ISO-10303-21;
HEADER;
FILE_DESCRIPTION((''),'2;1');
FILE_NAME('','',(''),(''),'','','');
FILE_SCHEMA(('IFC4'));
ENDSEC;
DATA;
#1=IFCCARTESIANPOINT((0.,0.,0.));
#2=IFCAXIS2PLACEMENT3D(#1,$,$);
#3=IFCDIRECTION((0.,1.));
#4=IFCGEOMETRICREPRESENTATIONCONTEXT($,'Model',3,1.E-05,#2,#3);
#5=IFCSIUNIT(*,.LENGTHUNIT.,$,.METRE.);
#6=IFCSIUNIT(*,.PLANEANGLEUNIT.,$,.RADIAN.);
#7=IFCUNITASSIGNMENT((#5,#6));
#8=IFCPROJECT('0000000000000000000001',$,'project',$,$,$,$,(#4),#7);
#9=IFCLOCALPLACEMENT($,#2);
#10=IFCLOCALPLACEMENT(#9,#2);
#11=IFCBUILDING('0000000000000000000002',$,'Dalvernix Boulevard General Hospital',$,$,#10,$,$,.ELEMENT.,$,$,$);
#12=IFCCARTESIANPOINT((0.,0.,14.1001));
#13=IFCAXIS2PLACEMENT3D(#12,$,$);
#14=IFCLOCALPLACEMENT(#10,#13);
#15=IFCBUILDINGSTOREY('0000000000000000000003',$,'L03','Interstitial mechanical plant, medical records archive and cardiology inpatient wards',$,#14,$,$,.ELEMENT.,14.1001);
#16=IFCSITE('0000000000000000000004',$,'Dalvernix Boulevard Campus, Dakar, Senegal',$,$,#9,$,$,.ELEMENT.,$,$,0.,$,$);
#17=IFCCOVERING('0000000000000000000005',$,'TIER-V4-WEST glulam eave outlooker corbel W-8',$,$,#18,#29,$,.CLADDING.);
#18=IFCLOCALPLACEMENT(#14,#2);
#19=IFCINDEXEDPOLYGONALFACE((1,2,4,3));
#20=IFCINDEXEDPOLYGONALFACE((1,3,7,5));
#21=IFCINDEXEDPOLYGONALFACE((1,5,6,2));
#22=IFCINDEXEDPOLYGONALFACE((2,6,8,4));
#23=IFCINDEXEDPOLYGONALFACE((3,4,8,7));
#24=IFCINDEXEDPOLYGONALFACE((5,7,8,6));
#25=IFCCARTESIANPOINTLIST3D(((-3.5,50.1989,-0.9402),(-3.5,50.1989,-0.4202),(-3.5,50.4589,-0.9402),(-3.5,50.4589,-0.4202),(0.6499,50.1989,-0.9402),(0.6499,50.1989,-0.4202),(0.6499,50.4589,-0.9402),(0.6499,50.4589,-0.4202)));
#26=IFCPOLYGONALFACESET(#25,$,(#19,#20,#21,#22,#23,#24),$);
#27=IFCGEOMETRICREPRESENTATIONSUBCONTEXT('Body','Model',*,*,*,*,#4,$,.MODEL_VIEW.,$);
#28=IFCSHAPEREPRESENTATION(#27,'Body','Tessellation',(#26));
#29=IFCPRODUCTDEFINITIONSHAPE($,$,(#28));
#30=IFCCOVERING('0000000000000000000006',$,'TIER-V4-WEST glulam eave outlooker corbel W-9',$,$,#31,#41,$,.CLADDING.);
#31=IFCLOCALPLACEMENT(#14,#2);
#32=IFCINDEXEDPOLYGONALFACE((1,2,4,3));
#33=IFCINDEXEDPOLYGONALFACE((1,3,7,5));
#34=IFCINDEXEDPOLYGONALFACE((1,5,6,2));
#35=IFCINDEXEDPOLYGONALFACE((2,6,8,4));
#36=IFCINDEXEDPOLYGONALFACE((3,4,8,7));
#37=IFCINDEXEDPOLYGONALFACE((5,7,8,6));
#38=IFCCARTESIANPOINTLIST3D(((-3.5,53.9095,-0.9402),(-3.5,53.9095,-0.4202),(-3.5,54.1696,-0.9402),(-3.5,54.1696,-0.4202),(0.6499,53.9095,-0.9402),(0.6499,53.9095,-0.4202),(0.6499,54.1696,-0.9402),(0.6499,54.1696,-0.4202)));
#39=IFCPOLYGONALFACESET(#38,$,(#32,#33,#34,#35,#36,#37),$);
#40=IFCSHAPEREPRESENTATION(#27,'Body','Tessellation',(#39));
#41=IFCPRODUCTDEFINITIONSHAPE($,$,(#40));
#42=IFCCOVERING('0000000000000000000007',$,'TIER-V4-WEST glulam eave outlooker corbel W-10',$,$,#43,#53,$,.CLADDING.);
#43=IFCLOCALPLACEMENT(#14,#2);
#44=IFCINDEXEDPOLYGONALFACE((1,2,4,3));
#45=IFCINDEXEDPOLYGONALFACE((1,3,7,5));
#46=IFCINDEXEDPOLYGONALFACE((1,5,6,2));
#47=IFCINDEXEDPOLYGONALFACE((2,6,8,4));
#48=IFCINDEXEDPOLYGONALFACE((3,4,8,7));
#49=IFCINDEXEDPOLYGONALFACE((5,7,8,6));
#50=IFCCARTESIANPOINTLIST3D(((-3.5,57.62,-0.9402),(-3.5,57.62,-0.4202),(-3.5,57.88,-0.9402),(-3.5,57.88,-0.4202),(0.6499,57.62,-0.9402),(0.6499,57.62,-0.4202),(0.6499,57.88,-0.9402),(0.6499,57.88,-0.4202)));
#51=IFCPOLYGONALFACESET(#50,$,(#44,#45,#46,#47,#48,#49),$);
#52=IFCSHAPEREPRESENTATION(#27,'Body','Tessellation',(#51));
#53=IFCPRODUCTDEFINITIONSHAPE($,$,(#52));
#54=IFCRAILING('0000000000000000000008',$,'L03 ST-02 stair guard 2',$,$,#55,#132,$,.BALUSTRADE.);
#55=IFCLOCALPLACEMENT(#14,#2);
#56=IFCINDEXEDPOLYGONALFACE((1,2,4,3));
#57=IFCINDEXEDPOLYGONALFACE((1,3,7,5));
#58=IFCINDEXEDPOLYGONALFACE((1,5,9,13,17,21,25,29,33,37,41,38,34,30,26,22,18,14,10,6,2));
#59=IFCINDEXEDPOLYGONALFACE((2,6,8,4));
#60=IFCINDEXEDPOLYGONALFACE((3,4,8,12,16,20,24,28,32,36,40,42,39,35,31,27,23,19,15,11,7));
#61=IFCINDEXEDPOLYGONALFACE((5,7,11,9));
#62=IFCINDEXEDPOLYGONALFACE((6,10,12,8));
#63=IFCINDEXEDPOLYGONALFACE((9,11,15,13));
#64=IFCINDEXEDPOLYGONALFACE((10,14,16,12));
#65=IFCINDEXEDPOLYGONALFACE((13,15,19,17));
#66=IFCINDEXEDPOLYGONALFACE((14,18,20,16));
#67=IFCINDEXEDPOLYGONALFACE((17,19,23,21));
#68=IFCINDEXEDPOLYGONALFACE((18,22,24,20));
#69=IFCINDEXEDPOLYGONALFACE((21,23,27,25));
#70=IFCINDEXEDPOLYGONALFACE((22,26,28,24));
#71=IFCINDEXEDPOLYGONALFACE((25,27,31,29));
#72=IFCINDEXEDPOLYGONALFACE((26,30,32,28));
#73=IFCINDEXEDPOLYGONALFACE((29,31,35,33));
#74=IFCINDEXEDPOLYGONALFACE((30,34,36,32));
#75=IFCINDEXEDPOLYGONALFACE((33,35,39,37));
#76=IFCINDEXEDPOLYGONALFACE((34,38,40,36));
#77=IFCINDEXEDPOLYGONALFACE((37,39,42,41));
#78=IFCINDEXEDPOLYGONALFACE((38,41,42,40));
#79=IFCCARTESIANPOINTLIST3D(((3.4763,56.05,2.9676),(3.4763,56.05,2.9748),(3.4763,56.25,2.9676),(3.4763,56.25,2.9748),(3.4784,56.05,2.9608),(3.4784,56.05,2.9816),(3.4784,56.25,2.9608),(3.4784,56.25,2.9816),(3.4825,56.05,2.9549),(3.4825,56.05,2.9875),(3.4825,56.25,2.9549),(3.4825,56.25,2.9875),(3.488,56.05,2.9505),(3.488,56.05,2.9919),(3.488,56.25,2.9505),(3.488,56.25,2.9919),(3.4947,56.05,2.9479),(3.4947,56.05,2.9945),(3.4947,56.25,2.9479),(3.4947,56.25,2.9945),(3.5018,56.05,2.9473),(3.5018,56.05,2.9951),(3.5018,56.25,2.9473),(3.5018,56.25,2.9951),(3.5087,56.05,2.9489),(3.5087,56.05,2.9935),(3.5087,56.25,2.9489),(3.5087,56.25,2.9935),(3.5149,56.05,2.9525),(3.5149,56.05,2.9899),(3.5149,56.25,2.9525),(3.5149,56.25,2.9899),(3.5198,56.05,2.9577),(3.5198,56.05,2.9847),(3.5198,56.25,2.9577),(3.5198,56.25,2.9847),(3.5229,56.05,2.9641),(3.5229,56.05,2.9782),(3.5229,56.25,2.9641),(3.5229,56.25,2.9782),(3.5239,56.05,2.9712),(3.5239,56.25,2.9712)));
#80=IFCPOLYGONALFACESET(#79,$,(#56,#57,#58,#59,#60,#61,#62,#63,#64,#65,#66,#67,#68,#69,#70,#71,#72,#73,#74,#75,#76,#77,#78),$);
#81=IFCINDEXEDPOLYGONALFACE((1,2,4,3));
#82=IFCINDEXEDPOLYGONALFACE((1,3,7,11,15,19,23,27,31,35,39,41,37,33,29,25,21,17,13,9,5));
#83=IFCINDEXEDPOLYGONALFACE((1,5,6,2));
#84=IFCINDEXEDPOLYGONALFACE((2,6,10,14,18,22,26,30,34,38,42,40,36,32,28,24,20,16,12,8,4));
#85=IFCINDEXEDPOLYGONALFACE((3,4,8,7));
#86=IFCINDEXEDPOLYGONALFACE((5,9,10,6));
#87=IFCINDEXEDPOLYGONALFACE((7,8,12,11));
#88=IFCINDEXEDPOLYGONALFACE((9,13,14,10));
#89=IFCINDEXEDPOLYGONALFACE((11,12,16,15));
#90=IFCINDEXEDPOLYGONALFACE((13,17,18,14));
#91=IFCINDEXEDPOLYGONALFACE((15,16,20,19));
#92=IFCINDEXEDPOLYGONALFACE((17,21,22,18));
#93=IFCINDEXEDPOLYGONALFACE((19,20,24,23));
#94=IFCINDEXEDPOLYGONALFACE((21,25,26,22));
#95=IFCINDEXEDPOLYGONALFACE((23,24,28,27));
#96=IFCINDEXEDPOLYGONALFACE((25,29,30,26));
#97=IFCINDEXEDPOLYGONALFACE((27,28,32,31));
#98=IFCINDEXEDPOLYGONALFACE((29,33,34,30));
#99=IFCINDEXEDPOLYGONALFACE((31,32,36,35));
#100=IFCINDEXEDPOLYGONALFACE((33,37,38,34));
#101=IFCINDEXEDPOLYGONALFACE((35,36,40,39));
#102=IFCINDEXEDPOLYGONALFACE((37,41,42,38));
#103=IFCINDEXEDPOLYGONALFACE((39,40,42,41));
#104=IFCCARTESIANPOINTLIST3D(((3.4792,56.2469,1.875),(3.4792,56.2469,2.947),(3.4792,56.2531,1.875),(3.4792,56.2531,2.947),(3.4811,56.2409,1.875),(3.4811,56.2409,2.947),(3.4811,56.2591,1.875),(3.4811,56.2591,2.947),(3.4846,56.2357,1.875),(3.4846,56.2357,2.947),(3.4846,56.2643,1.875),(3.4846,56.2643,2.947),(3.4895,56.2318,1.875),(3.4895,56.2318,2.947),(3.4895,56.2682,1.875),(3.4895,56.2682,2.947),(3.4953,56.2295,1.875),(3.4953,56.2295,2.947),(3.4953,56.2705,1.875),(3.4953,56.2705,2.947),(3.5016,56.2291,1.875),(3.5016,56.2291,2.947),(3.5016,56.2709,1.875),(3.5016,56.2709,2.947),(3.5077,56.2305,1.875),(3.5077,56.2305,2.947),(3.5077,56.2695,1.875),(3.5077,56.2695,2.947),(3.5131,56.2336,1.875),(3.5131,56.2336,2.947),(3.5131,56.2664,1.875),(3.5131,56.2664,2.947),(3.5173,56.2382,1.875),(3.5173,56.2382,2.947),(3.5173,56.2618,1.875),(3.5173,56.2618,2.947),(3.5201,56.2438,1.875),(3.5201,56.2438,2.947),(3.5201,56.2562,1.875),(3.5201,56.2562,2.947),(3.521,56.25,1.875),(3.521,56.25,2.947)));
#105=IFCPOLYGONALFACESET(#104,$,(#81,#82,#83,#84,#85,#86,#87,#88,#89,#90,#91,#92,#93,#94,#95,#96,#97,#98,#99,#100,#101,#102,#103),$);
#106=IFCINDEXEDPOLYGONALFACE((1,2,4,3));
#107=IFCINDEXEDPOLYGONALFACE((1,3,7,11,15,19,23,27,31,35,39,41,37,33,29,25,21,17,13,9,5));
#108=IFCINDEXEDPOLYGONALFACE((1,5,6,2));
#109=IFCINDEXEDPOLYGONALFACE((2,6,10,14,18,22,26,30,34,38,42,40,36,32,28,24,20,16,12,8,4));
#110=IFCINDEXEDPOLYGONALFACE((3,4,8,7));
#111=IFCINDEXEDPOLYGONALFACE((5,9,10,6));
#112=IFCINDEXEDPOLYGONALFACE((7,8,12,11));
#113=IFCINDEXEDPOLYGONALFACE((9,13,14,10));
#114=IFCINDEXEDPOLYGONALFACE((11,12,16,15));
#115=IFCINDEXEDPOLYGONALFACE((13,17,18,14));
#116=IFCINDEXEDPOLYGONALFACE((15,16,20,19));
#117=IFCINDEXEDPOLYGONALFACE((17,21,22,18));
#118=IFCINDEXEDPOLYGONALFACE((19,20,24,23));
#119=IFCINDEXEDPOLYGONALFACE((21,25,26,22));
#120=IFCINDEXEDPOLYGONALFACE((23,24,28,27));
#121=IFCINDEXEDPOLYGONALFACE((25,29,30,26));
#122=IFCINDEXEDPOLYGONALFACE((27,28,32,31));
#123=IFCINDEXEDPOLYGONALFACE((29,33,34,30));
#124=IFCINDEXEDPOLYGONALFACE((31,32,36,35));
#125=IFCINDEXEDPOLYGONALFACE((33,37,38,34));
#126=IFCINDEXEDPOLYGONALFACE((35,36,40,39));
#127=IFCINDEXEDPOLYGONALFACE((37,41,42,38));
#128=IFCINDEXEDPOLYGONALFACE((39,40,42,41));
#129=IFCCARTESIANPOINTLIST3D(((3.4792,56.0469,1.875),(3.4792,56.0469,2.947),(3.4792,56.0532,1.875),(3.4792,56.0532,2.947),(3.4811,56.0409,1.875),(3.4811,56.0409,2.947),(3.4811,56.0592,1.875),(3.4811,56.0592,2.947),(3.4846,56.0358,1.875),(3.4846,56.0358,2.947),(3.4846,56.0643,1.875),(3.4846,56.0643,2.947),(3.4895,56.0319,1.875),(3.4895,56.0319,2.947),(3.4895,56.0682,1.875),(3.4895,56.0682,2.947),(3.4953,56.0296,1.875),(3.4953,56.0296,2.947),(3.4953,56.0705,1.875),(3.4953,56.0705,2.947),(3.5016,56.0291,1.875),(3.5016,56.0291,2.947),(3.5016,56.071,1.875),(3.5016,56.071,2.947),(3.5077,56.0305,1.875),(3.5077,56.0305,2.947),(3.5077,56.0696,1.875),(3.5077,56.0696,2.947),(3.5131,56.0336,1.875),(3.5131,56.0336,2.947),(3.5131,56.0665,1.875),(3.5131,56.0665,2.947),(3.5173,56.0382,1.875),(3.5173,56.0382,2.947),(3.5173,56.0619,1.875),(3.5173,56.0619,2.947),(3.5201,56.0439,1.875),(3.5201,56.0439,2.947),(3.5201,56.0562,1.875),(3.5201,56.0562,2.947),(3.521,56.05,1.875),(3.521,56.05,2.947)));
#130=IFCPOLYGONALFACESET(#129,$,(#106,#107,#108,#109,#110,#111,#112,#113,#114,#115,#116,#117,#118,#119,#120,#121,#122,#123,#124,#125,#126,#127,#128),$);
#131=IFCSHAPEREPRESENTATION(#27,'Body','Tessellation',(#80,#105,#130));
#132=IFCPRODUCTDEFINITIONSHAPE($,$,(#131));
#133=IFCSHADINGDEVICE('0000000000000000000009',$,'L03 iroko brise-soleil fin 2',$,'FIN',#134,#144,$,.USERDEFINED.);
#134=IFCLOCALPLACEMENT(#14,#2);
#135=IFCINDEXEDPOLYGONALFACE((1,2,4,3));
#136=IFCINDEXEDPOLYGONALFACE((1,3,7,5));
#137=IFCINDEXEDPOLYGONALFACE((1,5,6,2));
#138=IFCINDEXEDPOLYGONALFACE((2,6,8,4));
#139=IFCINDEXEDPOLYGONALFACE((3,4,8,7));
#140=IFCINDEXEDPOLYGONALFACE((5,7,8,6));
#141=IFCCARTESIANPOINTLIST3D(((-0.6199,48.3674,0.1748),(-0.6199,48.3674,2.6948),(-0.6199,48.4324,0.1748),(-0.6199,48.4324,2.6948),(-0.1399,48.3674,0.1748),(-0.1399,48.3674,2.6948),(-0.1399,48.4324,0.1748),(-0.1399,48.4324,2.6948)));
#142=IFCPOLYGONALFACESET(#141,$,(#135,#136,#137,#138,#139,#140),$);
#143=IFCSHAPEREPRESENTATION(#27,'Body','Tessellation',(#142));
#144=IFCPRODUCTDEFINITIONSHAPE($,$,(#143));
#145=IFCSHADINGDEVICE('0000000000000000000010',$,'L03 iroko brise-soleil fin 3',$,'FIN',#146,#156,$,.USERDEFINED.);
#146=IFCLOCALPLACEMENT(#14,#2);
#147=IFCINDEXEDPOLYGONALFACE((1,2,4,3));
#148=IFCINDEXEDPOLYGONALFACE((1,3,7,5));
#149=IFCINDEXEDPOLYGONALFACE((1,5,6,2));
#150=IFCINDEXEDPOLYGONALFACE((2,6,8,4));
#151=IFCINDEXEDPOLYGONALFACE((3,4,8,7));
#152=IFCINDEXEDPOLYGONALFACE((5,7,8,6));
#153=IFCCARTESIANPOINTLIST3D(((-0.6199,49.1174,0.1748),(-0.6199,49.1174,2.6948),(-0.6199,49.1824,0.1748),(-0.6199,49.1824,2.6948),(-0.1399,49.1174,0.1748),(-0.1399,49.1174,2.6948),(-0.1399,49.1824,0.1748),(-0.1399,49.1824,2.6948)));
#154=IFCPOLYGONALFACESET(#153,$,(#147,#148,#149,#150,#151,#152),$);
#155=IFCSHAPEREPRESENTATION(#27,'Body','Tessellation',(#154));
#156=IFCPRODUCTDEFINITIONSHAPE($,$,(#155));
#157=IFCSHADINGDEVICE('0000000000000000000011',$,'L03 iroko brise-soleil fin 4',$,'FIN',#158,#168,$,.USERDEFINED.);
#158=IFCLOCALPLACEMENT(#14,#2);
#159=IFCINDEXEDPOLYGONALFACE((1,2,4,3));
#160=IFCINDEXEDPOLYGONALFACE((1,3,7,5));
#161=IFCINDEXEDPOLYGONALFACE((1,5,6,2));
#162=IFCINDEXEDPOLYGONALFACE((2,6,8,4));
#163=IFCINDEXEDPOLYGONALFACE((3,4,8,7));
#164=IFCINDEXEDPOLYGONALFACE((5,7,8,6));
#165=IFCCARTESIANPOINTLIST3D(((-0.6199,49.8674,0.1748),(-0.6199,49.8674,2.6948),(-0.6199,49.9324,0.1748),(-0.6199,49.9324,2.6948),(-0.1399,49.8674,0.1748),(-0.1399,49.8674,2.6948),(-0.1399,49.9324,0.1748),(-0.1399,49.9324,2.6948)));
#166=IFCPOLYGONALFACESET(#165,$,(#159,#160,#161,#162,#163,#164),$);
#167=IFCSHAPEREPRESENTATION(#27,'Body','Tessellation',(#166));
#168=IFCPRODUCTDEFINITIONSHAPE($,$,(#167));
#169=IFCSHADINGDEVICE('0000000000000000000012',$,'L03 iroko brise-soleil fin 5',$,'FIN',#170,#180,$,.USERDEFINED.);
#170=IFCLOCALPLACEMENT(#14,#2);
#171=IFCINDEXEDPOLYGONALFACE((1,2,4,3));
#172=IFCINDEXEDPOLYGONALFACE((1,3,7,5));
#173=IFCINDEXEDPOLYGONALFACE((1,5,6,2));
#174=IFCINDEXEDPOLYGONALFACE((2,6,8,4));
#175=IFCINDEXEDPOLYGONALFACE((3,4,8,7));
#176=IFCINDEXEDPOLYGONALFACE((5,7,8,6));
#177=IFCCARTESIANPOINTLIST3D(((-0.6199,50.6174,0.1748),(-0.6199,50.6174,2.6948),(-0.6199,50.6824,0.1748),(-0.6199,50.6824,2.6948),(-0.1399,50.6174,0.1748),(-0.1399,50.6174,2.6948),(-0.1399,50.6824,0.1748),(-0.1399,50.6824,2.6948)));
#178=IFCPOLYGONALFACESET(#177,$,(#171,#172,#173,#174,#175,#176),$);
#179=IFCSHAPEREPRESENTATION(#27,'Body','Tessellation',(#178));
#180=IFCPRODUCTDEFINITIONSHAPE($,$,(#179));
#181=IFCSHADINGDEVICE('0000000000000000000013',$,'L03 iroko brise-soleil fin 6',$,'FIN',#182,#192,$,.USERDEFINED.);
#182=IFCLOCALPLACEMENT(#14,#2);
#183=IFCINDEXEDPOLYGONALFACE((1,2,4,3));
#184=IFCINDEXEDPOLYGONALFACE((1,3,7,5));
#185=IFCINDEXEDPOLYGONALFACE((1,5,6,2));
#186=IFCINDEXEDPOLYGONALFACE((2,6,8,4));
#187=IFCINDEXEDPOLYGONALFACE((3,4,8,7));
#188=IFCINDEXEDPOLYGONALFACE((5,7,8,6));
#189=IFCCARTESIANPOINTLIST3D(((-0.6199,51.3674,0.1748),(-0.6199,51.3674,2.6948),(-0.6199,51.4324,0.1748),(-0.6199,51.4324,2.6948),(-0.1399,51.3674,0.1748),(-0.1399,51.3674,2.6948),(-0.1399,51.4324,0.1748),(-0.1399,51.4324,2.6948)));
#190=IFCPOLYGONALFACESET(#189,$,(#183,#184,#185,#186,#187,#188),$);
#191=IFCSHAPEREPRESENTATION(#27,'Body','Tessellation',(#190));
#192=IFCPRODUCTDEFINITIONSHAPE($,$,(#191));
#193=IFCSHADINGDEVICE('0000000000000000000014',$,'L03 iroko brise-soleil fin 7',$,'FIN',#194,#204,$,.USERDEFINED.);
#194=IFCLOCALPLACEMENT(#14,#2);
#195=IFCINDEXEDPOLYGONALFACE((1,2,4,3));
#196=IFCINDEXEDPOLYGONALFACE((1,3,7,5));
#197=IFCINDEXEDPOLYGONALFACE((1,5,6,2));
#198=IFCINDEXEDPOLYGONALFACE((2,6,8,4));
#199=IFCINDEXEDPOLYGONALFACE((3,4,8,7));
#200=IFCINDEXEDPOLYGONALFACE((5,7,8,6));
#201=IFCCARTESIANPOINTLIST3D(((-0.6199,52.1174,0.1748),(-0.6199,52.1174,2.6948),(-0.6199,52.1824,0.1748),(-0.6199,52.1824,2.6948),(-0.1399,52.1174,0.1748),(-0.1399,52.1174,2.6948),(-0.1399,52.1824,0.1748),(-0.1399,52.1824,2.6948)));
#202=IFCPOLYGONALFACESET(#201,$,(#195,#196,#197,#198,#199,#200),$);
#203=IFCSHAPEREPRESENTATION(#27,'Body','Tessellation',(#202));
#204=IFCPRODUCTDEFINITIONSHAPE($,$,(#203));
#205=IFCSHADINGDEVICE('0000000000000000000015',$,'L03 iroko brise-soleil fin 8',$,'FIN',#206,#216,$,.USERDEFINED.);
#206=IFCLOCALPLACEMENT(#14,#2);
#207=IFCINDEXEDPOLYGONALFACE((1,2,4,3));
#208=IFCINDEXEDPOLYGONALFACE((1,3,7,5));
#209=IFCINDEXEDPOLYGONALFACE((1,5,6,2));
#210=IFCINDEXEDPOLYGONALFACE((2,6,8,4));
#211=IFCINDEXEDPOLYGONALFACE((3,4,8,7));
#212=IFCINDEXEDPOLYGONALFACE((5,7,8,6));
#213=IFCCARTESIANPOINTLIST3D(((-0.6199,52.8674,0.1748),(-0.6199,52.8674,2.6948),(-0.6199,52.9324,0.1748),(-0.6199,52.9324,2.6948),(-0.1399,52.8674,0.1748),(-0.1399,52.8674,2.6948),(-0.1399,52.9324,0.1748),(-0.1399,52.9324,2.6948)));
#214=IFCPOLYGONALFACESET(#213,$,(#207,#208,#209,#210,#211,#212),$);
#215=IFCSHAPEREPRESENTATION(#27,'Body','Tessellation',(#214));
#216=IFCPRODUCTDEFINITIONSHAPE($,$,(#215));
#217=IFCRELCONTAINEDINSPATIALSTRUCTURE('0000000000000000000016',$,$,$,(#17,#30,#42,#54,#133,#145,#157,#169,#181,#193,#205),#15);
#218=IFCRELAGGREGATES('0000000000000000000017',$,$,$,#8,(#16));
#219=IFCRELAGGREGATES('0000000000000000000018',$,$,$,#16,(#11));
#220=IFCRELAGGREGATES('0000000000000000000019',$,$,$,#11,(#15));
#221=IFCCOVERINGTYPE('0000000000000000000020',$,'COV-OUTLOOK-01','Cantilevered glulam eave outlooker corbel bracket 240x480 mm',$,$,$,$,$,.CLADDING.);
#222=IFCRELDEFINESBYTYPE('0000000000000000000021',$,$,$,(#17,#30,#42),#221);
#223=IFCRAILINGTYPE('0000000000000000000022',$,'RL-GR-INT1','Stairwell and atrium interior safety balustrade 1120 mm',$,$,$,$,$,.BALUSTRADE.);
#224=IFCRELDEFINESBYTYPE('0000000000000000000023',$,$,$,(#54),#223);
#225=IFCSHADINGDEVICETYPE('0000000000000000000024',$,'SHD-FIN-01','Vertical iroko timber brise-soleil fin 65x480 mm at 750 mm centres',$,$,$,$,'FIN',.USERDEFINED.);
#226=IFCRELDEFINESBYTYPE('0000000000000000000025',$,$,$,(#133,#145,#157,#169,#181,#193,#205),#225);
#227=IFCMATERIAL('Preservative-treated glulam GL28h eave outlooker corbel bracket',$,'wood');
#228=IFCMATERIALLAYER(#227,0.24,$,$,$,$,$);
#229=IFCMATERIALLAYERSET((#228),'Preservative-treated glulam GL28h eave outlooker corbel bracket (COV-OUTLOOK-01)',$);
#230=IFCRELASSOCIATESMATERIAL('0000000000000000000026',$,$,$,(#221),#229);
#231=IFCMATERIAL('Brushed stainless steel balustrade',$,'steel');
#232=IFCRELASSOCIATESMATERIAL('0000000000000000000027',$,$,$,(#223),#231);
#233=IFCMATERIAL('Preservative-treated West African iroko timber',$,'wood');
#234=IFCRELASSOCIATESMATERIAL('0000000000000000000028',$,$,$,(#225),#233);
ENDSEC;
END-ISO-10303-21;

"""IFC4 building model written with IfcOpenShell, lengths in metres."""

from ifc_helpers import new_model, si_unit, direction, frame, origin, origin_2d, place, context, subcontext, project, spatial, rectangle, circle, extrude, material, layer, layer_set, type_object, element, save


model = new_model("IFC4")

# Units and contexts
model_context = context("Model", 3, precision=1e-05, world=origin(), true_north=direction((0.0, 1.0)))
body_context = subcontext(model_context, "Body", "Model", "MODEL_VIEW")
ifc_project = project(units=[si_unit("LENGTHUNIT", "METRE"), si_unit("PLANEANGLEUNIT", "RADIAN")], contexts=[model_context])

# Site, building, storey
site_placement = place(None, origin())
site = spatial("IfcSite", under=ifc_project, at=site_placement, Name="Dalvernix Boulevard Campus, Dakar, Senegal", CompositionType="ELEMENT", RefElevation=0.0)
building_placement = place(site_placement, origin())
building = spatial("IfcBuilding", under=site, at=building_placement, Name="Dalvernix Boulevard General Hospital", CompositionType="ELEMENT")
storey_placement = place(building_placement, frame((0.0, 0.0, 14.1001)))
storey = spatial("IfcBuildingStorey", under=building, at=storey_placement, Name="L03", Description="Interstitial mechanical plant, medical records archive and cardiology inpatient wards", CompositionType="ELEMENT", Elevation=14.1001)

# Coverings
ifc_material_1 = material(Name="Preservative-treated glulam GL28h eave outlooker corbel bracket", Category="wood")
ifc_layer_1 = layer(ifc_material_1, 0.24)
ifc_layer_set_1 = layer_set([ifc_layer_1], Name="Preservative-treated glulam GL28h eave outlooker corbel bracket (COV-OUTLOOK-01)")
covering_type_1 = type_object("IfcCoveringType", Name="COV-OUTLOOK-01", Description="Cantilevered glulam eave outlooker corbel bracket 240x480 mm", PredefinedType="CLADDING", material=ifc_layer_set_1)
for number, where, z_axis, x_axis, name in (
    (1, (-1.425, 50.3289, -0.9402), (0.0, 0.0, 1.0), (1.0, 0.0, 0.0), "TIER-V4-WEST glulam eave outlooker corbel W-8"),
    (2, (-1.425, 54.0396, -0.9402), (0.0, 0.0, 1.0), (1.0, 0.0, 0.0), "TIER-V4-WEST glulam eave outlooker corbel W-9"),
    (3, (-1.425, 57.75, -0.9402), (0.0, 0.0, 1.0), (1.0, 0.0, 0.0), "TIER-V4-WEST glulam eave outlooker corbel W-10"),
):
    element("IfcCovering", number, at=place(storey_placement, frame(where, z_axis=z_axis, x_axis=x_axis)), inside=storey, type_object=covering_type_1, Name=name, PredefinedType="CLADDING", context=body_context, shape_type="SweptSolid", body=[
        extrude(rectangle(XDim=4.1499, YDim=0.26, at=origin_2d()), origin(), (0.0, 0.0, 1.0), 0.52),
    ])

# Railing
ifc_material_2 = material(Name="Brushed stainless steel balustrade", Category="steel")
railing_type = type_object("IfcRailingType", Name="RL-GR-INT1", Description="Stairwell and atrium interior safety balustrade 1120 mm", PredefinedType="BALUSTRADE", material=ifc_material_2)
railing_placement = place(storey_placement, frame((3.5, 56.25, 1.875)))
element("IfcRailing", 4, at=railing_placement, inside=storey, type_object=railing_type, Name="L03 ST-02 stair guard 2", PredefinedType="BALUSTRADE", context=body_context, shape_type="SweptSolid", body=[
    extrude(circle(Radius=0.0239, at=origin_2d()), frame((0.0, 0.0, 1.0962), z_axis=(0.0, -1.0, 0.0), x_axis=(1.0, 0.0, 0.0)), (0.0, 0.0, 1.0), 0.2),
    extrude(circle(Radius=0.021, at=origin_2d()), origin(), (0.0, 0.0, 1.0), 1.072),
    extrude(circle(Radius=0.021, at=origin_2d()), frame((0.0, -0.2, 0.0)), (0.0, 0.0, 1.0), 1.072),
])

# Shading devices
ifc_material_3 = material(Name="Preservative-treated West African iroko timber", Category="wood")
shading_device_type = type_object("IfcShadingDeviceType", Name="SHD-FIN-01", Description="Vertical iroko timber brise-soleil fin 65x480 mm at 750 mm centres", ElementType="FIN", PredefinedType="USERDEFINED", material=ifc_material_3)
for number, where, z_axis, x_axis, name in (
    (5, (-0.3799, 48.3999, 0.1748), (0.0, 0.0, 1.0), (0.0, 1.0, 0.0), "L03 iroko brise-soleil fin 2"),
    (6, (-0.3799, 49.1499, 0.1748), (0.0, 0.0, 1.0), (0.0, 1.0, 0.0), "L03 iroko brise-soleil fin 3"),
    (7, (-0.3799, 49.8999, 0.1748), (0.0, 0.0, 1.0), (0.0, 1.0, 0.0), "L03 iroko brise-soleil fin 4"),
    (8, (-0.3799, 50.6499, 0.1748), (0.0, 0.0, 1.0), (0.0, 1.0, 0.0), "L03 iroko brise-soleil fin 5"),
    (9, (-0.3799, 51.3999, 0.1748), (0.0, 0.0, 1.0), (0.0, 1.0, 0.0), "L03 iroko brise-soleil fin 6"),
    (10, (-0.3799, 52.1499, 0.1748), (0.0, 0.0, 1.0), (0.0, 1.0, 0.0), "L03 iroko brise-soleil fin 7"),
    (11, (-0.3799, 52.8999, 0.1748), (0.0, 0.0, 1.0), (0.0, 1.0, 0.0), "L03 iroko brise-soleil fin 8"),
):
    element("IfcShadingDevice", number, at=place(storey_placement, frame(where, z_axis=z_axis, x_axis=x_axis)), inside=storey, type_object=shading_device_type, Name=name, ObjectType="FIN", PredefinedType="USERDEFINED", context=body_context, shape_type="SweptSolid", body=[
        extrude(rectangle(XDim=0.0649, YDim=0.48, at=origin_2d()), origin(), (0.0, 0.0, 1.0), 2.52),
    ])

save(model, "model.ifc")
